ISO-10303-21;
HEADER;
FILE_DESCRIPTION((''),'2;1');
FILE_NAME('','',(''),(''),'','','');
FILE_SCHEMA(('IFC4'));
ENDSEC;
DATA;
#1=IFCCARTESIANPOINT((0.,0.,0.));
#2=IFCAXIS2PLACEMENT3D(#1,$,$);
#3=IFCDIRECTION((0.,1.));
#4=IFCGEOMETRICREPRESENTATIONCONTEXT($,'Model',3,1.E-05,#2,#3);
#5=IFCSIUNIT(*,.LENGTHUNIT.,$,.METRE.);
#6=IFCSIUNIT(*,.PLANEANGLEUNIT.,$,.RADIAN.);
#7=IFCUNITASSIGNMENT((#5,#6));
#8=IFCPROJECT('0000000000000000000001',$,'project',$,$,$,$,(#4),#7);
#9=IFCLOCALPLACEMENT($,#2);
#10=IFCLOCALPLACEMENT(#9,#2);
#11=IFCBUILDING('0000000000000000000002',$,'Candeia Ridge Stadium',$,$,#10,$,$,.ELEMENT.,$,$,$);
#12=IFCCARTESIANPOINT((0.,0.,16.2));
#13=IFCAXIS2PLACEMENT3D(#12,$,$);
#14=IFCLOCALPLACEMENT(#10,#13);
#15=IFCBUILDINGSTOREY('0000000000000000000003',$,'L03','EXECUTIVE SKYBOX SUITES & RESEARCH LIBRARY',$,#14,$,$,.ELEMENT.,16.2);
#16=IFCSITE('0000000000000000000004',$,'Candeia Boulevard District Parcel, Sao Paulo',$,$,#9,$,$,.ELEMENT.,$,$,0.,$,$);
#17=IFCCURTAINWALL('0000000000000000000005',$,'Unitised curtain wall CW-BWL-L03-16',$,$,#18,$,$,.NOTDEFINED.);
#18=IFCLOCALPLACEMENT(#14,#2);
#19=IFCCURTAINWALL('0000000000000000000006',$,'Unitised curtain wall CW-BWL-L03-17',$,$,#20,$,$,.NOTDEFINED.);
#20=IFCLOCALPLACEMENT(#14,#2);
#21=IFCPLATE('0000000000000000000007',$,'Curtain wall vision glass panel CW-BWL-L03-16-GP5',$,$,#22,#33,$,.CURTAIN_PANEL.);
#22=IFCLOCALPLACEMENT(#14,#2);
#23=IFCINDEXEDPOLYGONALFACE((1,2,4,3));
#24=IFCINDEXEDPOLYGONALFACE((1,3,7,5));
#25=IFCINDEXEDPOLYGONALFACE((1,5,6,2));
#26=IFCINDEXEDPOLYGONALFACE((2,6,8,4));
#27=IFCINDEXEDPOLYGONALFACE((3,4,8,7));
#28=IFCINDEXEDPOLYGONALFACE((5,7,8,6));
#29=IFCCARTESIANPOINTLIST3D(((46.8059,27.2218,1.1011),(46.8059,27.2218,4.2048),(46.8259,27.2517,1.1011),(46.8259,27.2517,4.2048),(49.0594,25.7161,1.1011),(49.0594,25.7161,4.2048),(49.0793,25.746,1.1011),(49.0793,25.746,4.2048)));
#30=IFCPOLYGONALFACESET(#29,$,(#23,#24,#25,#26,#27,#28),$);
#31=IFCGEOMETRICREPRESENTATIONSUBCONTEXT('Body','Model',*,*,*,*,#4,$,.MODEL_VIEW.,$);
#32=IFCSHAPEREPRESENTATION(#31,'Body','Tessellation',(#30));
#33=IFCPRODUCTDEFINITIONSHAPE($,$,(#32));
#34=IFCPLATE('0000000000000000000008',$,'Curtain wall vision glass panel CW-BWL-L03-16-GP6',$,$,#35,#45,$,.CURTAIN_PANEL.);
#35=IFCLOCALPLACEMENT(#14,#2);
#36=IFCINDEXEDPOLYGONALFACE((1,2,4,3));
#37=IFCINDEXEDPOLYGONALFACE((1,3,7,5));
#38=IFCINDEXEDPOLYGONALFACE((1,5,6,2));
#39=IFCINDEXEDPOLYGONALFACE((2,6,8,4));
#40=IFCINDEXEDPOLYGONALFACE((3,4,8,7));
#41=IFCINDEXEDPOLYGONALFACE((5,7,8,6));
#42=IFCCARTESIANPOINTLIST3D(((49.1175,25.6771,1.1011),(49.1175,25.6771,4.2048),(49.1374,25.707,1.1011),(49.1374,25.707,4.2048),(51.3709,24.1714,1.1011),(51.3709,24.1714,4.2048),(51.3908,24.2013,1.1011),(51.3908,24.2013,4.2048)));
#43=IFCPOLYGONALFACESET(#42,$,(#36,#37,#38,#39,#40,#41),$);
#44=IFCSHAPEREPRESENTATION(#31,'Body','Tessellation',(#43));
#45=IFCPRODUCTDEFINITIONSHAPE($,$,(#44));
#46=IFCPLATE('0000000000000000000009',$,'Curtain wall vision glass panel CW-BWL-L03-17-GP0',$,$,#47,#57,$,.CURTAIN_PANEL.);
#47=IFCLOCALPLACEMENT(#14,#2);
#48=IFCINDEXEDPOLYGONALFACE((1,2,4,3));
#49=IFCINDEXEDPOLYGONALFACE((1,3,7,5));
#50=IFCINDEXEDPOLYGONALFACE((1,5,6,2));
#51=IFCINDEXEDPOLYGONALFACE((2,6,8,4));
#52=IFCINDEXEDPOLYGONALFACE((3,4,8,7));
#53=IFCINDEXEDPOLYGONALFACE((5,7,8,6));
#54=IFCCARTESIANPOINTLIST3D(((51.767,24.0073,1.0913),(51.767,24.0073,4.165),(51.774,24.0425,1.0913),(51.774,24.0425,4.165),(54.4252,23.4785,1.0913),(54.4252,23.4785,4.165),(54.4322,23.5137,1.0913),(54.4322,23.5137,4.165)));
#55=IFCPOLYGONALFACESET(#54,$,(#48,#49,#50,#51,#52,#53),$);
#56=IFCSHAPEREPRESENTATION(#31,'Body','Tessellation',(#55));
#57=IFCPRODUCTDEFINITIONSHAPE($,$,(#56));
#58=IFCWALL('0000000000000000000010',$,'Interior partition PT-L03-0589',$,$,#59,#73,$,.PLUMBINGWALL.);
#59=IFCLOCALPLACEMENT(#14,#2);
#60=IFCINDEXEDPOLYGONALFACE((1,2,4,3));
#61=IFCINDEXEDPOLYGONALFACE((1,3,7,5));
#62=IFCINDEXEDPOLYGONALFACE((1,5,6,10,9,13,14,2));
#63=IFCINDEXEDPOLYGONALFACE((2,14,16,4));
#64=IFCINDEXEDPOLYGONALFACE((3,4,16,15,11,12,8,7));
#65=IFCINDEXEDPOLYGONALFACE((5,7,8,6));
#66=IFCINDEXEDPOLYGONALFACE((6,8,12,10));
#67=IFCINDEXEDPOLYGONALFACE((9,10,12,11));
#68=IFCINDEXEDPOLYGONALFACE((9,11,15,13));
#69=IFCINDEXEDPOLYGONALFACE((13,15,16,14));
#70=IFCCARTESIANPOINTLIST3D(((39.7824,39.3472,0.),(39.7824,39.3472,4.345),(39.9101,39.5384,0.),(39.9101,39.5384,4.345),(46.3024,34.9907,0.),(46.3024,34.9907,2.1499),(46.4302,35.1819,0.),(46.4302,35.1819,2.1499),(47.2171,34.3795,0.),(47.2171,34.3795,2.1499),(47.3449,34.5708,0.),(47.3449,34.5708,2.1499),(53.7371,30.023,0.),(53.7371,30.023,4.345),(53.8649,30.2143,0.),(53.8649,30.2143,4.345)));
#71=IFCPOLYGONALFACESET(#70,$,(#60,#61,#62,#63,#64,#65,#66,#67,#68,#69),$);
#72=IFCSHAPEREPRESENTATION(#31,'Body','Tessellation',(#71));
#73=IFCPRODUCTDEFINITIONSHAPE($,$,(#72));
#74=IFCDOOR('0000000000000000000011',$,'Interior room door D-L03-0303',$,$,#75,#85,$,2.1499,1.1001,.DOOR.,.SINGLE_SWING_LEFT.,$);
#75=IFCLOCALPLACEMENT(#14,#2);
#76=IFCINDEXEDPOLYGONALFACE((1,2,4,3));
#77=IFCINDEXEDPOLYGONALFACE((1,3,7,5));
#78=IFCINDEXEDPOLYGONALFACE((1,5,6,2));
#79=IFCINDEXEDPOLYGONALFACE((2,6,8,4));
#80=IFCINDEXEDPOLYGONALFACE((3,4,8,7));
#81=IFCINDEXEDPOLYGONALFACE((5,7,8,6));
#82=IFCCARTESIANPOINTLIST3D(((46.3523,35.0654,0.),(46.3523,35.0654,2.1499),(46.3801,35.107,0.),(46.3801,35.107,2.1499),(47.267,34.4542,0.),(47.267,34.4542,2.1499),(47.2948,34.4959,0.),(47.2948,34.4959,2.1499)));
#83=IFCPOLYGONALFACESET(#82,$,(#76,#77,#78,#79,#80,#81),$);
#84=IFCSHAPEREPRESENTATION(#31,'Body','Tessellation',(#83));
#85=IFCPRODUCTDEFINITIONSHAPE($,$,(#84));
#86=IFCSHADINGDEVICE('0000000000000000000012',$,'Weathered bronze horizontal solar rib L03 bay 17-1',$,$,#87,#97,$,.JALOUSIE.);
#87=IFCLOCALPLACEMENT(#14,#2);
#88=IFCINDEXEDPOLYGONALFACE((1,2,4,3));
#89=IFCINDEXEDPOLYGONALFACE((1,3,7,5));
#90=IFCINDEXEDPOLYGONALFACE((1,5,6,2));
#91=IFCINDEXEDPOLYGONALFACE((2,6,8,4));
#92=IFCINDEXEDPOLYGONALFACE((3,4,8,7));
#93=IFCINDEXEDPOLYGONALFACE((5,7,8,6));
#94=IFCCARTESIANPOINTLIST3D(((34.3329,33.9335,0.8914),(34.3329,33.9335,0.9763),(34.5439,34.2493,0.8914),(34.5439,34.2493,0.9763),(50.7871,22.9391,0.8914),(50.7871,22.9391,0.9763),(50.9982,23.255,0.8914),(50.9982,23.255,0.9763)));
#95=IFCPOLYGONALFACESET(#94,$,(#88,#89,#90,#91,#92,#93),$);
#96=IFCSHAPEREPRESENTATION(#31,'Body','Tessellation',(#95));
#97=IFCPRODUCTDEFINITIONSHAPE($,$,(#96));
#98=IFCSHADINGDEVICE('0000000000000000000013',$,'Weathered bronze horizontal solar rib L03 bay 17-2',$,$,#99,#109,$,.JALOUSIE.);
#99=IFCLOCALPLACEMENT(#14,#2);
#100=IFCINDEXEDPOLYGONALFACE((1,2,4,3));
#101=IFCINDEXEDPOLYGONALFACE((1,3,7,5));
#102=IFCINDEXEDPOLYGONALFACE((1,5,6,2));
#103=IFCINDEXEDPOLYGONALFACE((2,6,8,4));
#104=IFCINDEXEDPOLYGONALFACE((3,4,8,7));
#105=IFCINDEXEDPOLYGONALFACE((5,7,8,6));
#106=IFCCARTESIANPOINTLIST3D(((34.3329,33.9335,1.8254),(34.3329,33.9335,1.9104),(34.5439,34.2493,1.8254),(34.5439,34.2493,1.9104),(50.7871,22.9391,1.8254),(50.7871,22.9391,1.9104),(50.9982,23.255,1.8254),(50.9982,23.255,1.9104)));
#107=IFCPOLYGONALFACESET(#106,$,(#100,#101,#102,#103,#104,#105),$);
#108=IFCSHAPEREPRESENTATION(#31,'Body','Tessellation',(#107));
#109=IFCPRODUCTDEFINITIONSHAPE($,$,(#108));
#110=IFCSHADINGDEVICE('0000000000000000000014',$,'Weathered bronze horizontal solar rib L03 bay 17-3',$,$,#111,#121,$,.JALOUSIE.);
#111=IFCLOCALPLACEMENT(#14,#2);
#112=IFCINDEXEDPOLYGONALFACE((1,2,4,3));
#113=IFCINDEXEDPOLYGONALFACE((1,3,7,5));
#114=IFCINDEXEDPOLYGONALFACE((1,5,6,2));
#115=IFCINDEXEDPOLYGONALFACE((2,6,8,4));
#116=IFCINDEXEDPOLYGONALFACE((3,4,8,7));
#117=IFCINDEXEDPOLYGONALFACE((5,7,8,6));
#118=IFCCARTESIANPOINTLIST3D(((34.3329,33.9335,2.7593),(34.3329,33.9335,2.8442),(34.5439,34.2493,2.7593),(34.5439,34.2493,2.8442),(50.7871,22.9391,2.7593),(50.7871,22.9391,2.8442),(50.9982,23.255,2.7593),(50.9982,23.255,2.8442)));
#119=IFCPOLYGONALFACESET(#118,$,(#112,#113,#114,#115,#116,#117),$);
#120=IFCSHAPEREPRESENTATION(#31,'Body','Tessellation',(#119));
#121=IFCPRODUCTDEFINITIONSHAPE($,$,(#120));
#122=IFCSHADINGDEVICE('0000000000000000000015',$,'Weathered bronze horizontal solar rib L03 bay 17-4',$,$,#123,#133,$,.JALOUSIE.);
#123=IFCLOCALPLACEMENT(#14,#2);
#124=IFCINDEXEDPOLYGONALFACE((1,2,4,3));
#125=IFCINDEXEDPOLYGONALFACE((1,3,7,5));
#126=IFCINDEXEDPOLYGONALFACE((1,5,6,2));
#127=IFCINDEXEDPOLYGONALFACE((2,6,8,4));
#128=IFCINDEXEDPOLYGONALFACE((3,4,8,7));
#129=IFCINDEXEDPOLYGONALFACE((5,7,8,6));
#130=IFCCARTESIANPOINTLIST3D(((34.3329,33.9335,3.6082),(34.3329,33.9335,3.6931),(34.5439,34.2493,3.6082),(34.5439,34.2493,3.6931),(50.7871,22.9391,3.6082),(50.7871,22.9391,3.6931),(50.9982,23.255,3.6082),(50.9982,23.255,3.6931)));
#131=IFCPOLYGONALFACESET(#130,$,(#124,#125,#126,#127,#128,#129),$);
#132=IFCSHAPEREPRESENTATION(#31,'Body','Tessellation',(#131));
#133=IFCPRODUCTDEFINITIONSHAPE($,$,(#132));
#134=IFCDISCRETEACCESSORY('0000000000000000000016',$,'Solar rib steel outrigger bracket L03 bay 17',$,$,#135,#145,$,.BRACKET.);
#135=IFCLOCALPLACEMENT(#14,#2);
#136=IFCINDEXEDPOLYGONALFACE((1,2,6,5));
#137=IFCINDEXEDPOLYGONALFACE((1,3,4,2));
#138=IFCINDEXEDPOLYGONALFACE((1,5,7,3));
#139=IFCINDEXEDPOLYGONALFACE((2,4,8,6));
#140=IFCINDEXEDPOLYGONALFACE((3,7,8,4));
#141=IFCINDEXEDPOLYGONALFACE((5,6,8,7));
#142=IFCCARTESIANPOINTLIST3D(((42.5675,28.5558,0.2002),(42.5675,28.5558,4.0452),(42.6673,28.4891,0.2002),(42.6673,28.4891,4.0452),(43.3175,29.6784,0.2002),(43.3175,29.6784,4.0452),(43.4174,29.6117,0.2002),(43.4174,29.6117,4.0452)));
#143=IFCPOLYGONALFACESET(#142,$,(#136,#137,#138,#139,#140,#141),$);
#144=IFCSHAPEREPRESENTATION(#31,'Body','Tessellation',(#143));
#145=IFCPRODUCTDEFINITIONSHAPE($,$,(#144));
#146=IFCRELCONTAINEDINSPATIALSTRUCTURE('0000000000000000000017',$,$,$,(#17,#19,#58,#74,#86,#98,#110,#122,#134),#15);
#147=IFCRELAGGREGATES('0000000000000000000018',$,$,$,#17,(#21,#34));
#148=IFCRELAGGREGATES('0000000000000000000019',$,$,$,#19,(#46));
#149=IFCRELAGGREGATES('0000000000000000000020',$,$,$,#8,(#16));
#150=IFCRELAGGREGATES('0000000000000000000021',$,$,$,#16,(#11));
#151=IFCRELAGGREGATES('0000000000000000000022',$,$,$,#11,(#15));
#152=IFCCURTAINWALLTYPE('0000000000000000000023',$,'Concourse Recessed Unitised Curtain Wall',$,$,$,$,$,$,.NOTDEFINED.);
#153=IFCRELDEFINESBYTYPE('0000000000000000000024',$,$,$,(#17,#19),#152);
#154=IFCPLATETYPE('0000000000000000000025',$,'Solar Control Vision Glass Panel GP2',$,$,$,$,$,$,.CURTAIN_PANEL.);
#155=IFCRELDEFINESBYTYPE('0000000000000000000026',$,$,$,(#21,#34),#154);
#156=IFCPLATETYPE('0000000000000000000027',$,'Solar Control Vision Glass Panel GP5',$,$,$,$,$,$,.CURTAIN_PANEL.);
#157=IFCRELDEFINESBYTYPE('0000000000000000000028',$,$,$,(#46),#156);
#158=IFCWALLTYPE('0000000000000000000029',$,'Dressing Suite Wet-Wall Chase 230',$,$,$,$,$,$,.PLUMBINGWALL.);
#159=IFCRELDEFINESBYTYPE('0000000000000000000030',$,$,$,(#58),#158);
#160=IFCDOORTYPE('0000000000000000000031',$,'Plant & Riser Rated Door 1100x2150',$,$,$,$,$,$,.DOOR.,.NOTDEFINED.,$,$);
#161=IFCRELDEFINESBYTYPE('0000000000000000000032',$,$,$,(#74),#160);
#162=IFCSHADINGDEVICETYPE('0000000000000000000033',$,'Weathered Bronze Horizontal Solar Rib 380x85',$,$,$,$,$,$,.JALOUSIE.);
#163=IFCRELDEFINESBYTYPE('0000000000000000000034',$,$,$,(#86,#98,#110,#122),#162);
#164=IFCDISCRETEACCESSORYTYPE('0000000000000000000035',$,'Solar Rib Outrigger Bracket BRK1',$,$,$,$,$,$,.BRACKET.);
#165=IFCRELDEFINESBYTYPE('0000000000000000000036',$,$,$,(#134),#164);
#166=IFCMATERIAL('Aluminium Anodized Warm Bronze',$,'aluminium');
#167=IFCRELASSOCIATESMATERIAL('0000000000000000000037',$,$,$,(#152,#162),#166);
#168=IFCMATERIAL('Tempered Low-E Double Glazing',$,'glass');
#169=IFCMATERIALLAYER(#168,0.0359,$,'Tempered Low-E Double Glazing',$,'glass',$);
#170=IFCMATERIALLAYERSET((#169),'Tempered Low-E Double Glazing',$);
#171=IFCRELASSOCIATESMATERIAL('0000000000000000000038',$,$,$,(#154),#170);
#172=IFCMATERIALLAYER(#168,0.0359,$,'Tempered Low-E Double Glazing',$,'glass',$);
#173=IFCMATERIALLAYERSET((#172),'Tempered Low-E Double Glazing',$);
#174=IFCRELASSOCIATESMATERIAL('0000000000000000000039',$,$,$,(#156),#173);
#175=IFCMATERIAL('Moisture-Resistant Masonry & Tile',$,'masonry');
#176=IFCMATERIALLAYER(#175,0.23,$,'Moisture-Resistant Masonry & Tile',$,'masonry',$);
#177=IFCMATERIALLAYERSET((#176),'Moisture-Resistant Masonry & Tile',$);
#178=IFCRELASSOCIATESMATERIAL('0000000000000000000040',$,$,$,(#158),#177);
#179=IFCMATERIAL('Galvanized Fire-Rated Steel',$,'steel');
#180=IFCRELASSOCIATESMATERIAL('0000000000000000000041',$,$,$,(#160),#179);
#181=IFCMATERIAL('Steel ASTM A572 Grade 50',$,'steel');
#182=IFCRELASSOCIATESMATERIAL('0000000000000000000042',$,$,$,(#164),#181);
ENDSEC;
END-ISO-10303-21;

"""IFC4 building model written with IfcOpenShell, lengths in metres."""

from ifc_helpers import new_model, si_unit, direction, frame, frame_2d, origin, origin_2d, place, context, subcontext, project, spatial, rectangle, extrude, material, layer, layer_set, type_object, element, fill, aggregate, save


model = new_model("IFC4")

# Units and contexts
model_context = context("Model", 3, precision=1e-05, world=origin(), true_north=direction((0.0, 1.0)))
body_context = subcontext(model_context, "Body", "Model", "MODEL_VIEW")
ifc_project = project(units=[si_unit("LENGTHUNIT", "METRE"), si_unit("PLANEANGLEUNIT", "RADIAN")], contexts=[model_context])

# Site, building, storey
site_placement = place(None, origin())
site = spatial("IfcSite", under=ifc_project, at=site_placement, Name="Candeia Boulevard District Parcel, Sao Paulo", CompositionType="ELEMENT", RefElevation=0.0)
building_placement = place(site_placement, origin())
building = spatial("IfcBuilding", under=site, at=building_placement, Name="Candeia Ridge Stadium", CompositionType="ELEMENT")
storey_placement = place(building_placement, frame((0.0, 0.0, 16.2)))
storey = spatial("IfcBuildingStorey", under=building, at=storey_placement, Name="L03", Description="EXECUTIVE SKYBOX SUITES & RESEARCH LIBRARY", CompositionType="ELEMENT", Elevation=16.2)

# Curtain walls
ifc_material_1 = material(Name="Aluminium Anodized Warm Bronze", Category="aluminium")
curtain_wall_type = type_object("IfcCurtainWallType", Name="Concourse Recessed Unitised Curtain Wall", PredefinedType="NOTDEFINED", material=ifc_material_1)
curtain_wall_1_placement = place(storey_placement, origin())
curtain_wall_1 = element("IfcCurtainWall", 1, at=curtain_wall_1_placement, inside=storey, type_object=curtain_wall_type, Name="Unitised curtain wall CW-BWL-L03-16", PredefinedType="NOTDEFINED")
curtain_wall_2_placement = place(storey_placement, origin())
curtain_wall_2 = element("IfcCurtainWall", 2, at=curtain_wall_2_placement, inside=storey, type_object=curtain_wall_type, Name="Unitised curtain wall CW-BWL-L03-17", PredefinedType="NOTDEFINED")

# Plates
ifc_material_2 = material(Name="Tempered Low-E Double Glazing", Category="glass")
ifc_layer_1 = layer(ifc_material_2, 0.0359, Name="Tempered Low-E Double Glazing", Category="glass")
ifc_layer_set_1 = layer_set([ifc_layer_1], Name="Tempered Low-E Double Glazing")
plate_type_1 = type_object("IfcPlateType", Name="Solar Control Vision Glass Panel GP2", PredefinedType="CURTAIN_PANEL", material=ifc_layer_set_1)
plate_1_placement = place(storey_placement, frame((47.9426, 26.4839, 1.1011), z_axis=(0.0, 0.0, 1.0), x_axis=(0.831469, -0.555571, 0.0)))
plate_1 = element("IfcPlate", 3, at=plate_1_placement, type_object=plate_type_1, Name="Curtain wall vision glass panel CW-BWL-L03-16-GP5", PredefinedType="CURTAIN_PANEL", context=body_context, shape_type="SweptSolid", body=[
    extrude(rectangle(XDim=2.7102, YDim=0.0359, at=origin_2d()), origin(), (0.0, 0.0, 1.0), 3.1038),
])
plate_2_placement = place(storey_placement, frame((50.2542, 24.9392, 1.1011), z_axis=(0.0, 0.0, 1.0), x_axis=(0.831469, -0.555571, 0.0)))
plate_2 = element("IfcPlate", 4, at=plate_2_placement, type_object=plate_type_1, Name="Curtain wall vision glass panel CW-BWL-L03-16-GP6", PredefinedType="CURTAIN_PANEL", context=body_context, shape_type="SweptSolid", body=[
    extrude(rectangle(XDim=2.7102, YDim=0.0359, at=origin_2d()), origin(), (0.0, 0.0, 1.0), 3.1038),
])
aggregate(curtain_wall_1, [plate_1, plate_2])
ifc_layer_2 = layer(ifc_material_2, 0.0359, Name="Tempered Low-E Double Glazing", Category="glass")
ifc_layer_set_2 = layer_set([ifc_layer_2], Name="Tempered Low-E Double Glazing")
plate_type_2 = type_object("IfcPlateType", Name="Solar Control Vision Glass Panel GP5", PredefinedType="CURTAIN_PANEL", material=ifc_layer_set_2)
plate_3_placement = place(storey_placement, frame((53.0996, 23.7605, 1.0913), z_axis=(0.0, 0.0, 1.0), x_axis=(0.980785, -0.19509, 0.0)))
plate_3 = element("IfcPlate", 5, at=plate_3_placement, type_object=plate_type_2, Name="Curtain wall vision glass panel CW-BWL-L03-17-GP0", PredefinedType="CURTAIN_PANEL", context=body_context, shape_type="SweptSolid", body=[
    extrude(rectangle(XDim=2.7102, YDim=0.0359, at=origin_2d()), origin(), (0.0, 0.0, 1.0), 3.0737),
])
aggregate(curtain_wall_2, [plate_3])

# Wall, opening, door
ifc_material_3 = material(Name="Moisture-Resistant Masonry & Tile", Category="masonry")
ifc_layer_3 = layer(ifc_material_3, 0.23, Name="Moisture-Resistant Masonry & Tile", Category="masonry")
ifc_layer_set_3 = layer_set([ifc_layer_3], Name="Moisture-Resistant Masonry & Tile")
wall_type = type_object("IfcWallType", Name="Dressing Suite Wet-Wall Chase 230", PredefinedType="PLUMBINGWALL", material=ifc_layer_set_3)
wall_placement = place(storey_placement, frame((53.801, 30.1187, 0.0), z_axis=(0.0, 0.0, 1.0), x_axis=(-0.831472, 0.555566, 0.0)))
wall = element("IfcWall", 6, at=wall_placement, inside=storey, type_object=wall_type, Name="Interior partition PT-L03-0589", PredefinedType="PLUMBINGWALL", context=body_context, shape_type="SweptSolid", body=[
    extrude(rectangle(XDim=16.7832, YDim=0.23, at=frame_2d((8.3916, 0.0))), origin(), (0.0, 0.0, 1.0), 4.345),
])
opening_placement = place(wall_placement, frame((7.8416, 0.0, 0.0)))
opening = element("IfcOpeningElement", 7, at=opening_placement, cuts=wall, PredefinedType="OPENING", context=body_context, shape_type="SweptSolid", body=[
    extrude(rectangle(XDim=1.1001, YDim=2.1499, at=frame_2d((0.55, 1.075))), frame((0.0, 0.125, 0.0), z_axis=(0.0, -1.0, 0.0), x_axis=(1.0, 0.0, 0.0)), (0.0, 0.0, 1.0), 0.25),
])
ifc_material_4 = material(Name="Galvanized Fire-Rated Steel", Category="steel")
door_type = type_object("IfcDoorType", Name="Plant & Riser Rated Door 1100x2150", OperationType="NOTDEFINED", PredefinedType="DOOR", material=ifc_material_4)
door_placement = place(opening_placement, frame((1.1001, 0.0, 0.0), z_axis=(0.0, 0.0, 1.0), x_axis=(-1.0, 0.0, 0.0)))
door = element("IfcDoor", 8, at=door_placement, inside=storey, type_object=door_type, Name="Interior room door D-L03-0303", OperationType="SINGLE_SWING_LEFT", OverallHeight=2.1499, OverallWidth=1.1001, PredefinedType="DOOR", context=body_context, shape_type="SweptSolid", body=[
    extrude(rectangle(XDim=1.1001, YDim=2.1499, at=frame_2d((0.55, 1.075))), frame((0.0, 0.0249, 0.0), z_axis=(0.0, -1.0, 0.0), x_axis=(1.0, 0.0, 0.0)), (0.0, 0.0, 1.0), 0.05),
])
fill(opening, door)

# Shading devices
shading_device_type = type_object("IfcShadingDeviceType", Name="Weathered Bronze Horizontal Solar Rib 380x85", PredefinedType="JALOUSIE", material=ifc_material_1)
for number, where, z_axis, x_axis, name in (
    (9, (42.6655, 28.5942, 0.8914), (0.0, 0.0, 1.0), (0.83147, -0.55557, 0.0), "Weathered bronze horizontal solar rib L03 bay 17-1"),
    (10, (42.6655, 28.5942, 1.8254), (0.0, 0.0, 1.0), (0.83147, -0.55557, 0.0), "Weathered bronze horizontal solar rib L03 bay 17-2"),
    (11, (42.6655, 28.5942, 2.7593), (0.0, 0.0, 1.0), (0.83147, -0.55557, 0.0), "Weathered bronze horizontal solar rib L03 bay 17-3"),
    (12, (42.6655, 28.5942, 3.6082), (0.0, 0.0, 1.0), (0.83147, -0.55557, 0.0), "Weathered bronze horizontal solar rib L03 bay 17-4"),
):
    element("IfcShadingDevice", number, at=place(storey_placement, frame(where, z_axis=z_axis, x_axis=x_axis)), inside=storey, type_object=shading_device_type, Name=name, PredefinedType="JALOUSIE", context=body_context, shape_type="SweptSolid", body=[
        extrude(rectangle(XDim=19.7893, YDim=0.3799, at=origin_2d()), origin(), (0.0, 0.0, 1.0), 0.085),
    ])

# Discrete accessory
ifc_material_5 = material(Name="Steel ASTM A572 Grade 50", Category="steel")
discrete_accessory_type = type_object("IfcDiscreteAccessoryType", Name="Solar Rib Outrigger Bracket BRK1", PredefinedType="BRACKET", material=ifc_material_5)
discrete_accessory_placement = place(storey_placement, frame((42.9924, 29.0837, 0.2002), z_axis=(0.0, 0.0, 1.0), x_axis=(-0.55557, -0.83147, 0.0)))
element("IfcDiscreteAccessory", 13, at=discrete_accessory_placement, inside=storey, type_object=discrete_accessory_type, Name="Solar rib steel outrigger bracket L03 bay 17", PredefinedType="BRACKET", context=body_context, shape_type="SweptSolid", body=[
    extrude(rectangle(XDim=1.3501, YDim=0.1201, at=origin_2d()), origin(), (0.0, 0.0, 1.0), 3.845),
])

save(model, "model.ifc")
